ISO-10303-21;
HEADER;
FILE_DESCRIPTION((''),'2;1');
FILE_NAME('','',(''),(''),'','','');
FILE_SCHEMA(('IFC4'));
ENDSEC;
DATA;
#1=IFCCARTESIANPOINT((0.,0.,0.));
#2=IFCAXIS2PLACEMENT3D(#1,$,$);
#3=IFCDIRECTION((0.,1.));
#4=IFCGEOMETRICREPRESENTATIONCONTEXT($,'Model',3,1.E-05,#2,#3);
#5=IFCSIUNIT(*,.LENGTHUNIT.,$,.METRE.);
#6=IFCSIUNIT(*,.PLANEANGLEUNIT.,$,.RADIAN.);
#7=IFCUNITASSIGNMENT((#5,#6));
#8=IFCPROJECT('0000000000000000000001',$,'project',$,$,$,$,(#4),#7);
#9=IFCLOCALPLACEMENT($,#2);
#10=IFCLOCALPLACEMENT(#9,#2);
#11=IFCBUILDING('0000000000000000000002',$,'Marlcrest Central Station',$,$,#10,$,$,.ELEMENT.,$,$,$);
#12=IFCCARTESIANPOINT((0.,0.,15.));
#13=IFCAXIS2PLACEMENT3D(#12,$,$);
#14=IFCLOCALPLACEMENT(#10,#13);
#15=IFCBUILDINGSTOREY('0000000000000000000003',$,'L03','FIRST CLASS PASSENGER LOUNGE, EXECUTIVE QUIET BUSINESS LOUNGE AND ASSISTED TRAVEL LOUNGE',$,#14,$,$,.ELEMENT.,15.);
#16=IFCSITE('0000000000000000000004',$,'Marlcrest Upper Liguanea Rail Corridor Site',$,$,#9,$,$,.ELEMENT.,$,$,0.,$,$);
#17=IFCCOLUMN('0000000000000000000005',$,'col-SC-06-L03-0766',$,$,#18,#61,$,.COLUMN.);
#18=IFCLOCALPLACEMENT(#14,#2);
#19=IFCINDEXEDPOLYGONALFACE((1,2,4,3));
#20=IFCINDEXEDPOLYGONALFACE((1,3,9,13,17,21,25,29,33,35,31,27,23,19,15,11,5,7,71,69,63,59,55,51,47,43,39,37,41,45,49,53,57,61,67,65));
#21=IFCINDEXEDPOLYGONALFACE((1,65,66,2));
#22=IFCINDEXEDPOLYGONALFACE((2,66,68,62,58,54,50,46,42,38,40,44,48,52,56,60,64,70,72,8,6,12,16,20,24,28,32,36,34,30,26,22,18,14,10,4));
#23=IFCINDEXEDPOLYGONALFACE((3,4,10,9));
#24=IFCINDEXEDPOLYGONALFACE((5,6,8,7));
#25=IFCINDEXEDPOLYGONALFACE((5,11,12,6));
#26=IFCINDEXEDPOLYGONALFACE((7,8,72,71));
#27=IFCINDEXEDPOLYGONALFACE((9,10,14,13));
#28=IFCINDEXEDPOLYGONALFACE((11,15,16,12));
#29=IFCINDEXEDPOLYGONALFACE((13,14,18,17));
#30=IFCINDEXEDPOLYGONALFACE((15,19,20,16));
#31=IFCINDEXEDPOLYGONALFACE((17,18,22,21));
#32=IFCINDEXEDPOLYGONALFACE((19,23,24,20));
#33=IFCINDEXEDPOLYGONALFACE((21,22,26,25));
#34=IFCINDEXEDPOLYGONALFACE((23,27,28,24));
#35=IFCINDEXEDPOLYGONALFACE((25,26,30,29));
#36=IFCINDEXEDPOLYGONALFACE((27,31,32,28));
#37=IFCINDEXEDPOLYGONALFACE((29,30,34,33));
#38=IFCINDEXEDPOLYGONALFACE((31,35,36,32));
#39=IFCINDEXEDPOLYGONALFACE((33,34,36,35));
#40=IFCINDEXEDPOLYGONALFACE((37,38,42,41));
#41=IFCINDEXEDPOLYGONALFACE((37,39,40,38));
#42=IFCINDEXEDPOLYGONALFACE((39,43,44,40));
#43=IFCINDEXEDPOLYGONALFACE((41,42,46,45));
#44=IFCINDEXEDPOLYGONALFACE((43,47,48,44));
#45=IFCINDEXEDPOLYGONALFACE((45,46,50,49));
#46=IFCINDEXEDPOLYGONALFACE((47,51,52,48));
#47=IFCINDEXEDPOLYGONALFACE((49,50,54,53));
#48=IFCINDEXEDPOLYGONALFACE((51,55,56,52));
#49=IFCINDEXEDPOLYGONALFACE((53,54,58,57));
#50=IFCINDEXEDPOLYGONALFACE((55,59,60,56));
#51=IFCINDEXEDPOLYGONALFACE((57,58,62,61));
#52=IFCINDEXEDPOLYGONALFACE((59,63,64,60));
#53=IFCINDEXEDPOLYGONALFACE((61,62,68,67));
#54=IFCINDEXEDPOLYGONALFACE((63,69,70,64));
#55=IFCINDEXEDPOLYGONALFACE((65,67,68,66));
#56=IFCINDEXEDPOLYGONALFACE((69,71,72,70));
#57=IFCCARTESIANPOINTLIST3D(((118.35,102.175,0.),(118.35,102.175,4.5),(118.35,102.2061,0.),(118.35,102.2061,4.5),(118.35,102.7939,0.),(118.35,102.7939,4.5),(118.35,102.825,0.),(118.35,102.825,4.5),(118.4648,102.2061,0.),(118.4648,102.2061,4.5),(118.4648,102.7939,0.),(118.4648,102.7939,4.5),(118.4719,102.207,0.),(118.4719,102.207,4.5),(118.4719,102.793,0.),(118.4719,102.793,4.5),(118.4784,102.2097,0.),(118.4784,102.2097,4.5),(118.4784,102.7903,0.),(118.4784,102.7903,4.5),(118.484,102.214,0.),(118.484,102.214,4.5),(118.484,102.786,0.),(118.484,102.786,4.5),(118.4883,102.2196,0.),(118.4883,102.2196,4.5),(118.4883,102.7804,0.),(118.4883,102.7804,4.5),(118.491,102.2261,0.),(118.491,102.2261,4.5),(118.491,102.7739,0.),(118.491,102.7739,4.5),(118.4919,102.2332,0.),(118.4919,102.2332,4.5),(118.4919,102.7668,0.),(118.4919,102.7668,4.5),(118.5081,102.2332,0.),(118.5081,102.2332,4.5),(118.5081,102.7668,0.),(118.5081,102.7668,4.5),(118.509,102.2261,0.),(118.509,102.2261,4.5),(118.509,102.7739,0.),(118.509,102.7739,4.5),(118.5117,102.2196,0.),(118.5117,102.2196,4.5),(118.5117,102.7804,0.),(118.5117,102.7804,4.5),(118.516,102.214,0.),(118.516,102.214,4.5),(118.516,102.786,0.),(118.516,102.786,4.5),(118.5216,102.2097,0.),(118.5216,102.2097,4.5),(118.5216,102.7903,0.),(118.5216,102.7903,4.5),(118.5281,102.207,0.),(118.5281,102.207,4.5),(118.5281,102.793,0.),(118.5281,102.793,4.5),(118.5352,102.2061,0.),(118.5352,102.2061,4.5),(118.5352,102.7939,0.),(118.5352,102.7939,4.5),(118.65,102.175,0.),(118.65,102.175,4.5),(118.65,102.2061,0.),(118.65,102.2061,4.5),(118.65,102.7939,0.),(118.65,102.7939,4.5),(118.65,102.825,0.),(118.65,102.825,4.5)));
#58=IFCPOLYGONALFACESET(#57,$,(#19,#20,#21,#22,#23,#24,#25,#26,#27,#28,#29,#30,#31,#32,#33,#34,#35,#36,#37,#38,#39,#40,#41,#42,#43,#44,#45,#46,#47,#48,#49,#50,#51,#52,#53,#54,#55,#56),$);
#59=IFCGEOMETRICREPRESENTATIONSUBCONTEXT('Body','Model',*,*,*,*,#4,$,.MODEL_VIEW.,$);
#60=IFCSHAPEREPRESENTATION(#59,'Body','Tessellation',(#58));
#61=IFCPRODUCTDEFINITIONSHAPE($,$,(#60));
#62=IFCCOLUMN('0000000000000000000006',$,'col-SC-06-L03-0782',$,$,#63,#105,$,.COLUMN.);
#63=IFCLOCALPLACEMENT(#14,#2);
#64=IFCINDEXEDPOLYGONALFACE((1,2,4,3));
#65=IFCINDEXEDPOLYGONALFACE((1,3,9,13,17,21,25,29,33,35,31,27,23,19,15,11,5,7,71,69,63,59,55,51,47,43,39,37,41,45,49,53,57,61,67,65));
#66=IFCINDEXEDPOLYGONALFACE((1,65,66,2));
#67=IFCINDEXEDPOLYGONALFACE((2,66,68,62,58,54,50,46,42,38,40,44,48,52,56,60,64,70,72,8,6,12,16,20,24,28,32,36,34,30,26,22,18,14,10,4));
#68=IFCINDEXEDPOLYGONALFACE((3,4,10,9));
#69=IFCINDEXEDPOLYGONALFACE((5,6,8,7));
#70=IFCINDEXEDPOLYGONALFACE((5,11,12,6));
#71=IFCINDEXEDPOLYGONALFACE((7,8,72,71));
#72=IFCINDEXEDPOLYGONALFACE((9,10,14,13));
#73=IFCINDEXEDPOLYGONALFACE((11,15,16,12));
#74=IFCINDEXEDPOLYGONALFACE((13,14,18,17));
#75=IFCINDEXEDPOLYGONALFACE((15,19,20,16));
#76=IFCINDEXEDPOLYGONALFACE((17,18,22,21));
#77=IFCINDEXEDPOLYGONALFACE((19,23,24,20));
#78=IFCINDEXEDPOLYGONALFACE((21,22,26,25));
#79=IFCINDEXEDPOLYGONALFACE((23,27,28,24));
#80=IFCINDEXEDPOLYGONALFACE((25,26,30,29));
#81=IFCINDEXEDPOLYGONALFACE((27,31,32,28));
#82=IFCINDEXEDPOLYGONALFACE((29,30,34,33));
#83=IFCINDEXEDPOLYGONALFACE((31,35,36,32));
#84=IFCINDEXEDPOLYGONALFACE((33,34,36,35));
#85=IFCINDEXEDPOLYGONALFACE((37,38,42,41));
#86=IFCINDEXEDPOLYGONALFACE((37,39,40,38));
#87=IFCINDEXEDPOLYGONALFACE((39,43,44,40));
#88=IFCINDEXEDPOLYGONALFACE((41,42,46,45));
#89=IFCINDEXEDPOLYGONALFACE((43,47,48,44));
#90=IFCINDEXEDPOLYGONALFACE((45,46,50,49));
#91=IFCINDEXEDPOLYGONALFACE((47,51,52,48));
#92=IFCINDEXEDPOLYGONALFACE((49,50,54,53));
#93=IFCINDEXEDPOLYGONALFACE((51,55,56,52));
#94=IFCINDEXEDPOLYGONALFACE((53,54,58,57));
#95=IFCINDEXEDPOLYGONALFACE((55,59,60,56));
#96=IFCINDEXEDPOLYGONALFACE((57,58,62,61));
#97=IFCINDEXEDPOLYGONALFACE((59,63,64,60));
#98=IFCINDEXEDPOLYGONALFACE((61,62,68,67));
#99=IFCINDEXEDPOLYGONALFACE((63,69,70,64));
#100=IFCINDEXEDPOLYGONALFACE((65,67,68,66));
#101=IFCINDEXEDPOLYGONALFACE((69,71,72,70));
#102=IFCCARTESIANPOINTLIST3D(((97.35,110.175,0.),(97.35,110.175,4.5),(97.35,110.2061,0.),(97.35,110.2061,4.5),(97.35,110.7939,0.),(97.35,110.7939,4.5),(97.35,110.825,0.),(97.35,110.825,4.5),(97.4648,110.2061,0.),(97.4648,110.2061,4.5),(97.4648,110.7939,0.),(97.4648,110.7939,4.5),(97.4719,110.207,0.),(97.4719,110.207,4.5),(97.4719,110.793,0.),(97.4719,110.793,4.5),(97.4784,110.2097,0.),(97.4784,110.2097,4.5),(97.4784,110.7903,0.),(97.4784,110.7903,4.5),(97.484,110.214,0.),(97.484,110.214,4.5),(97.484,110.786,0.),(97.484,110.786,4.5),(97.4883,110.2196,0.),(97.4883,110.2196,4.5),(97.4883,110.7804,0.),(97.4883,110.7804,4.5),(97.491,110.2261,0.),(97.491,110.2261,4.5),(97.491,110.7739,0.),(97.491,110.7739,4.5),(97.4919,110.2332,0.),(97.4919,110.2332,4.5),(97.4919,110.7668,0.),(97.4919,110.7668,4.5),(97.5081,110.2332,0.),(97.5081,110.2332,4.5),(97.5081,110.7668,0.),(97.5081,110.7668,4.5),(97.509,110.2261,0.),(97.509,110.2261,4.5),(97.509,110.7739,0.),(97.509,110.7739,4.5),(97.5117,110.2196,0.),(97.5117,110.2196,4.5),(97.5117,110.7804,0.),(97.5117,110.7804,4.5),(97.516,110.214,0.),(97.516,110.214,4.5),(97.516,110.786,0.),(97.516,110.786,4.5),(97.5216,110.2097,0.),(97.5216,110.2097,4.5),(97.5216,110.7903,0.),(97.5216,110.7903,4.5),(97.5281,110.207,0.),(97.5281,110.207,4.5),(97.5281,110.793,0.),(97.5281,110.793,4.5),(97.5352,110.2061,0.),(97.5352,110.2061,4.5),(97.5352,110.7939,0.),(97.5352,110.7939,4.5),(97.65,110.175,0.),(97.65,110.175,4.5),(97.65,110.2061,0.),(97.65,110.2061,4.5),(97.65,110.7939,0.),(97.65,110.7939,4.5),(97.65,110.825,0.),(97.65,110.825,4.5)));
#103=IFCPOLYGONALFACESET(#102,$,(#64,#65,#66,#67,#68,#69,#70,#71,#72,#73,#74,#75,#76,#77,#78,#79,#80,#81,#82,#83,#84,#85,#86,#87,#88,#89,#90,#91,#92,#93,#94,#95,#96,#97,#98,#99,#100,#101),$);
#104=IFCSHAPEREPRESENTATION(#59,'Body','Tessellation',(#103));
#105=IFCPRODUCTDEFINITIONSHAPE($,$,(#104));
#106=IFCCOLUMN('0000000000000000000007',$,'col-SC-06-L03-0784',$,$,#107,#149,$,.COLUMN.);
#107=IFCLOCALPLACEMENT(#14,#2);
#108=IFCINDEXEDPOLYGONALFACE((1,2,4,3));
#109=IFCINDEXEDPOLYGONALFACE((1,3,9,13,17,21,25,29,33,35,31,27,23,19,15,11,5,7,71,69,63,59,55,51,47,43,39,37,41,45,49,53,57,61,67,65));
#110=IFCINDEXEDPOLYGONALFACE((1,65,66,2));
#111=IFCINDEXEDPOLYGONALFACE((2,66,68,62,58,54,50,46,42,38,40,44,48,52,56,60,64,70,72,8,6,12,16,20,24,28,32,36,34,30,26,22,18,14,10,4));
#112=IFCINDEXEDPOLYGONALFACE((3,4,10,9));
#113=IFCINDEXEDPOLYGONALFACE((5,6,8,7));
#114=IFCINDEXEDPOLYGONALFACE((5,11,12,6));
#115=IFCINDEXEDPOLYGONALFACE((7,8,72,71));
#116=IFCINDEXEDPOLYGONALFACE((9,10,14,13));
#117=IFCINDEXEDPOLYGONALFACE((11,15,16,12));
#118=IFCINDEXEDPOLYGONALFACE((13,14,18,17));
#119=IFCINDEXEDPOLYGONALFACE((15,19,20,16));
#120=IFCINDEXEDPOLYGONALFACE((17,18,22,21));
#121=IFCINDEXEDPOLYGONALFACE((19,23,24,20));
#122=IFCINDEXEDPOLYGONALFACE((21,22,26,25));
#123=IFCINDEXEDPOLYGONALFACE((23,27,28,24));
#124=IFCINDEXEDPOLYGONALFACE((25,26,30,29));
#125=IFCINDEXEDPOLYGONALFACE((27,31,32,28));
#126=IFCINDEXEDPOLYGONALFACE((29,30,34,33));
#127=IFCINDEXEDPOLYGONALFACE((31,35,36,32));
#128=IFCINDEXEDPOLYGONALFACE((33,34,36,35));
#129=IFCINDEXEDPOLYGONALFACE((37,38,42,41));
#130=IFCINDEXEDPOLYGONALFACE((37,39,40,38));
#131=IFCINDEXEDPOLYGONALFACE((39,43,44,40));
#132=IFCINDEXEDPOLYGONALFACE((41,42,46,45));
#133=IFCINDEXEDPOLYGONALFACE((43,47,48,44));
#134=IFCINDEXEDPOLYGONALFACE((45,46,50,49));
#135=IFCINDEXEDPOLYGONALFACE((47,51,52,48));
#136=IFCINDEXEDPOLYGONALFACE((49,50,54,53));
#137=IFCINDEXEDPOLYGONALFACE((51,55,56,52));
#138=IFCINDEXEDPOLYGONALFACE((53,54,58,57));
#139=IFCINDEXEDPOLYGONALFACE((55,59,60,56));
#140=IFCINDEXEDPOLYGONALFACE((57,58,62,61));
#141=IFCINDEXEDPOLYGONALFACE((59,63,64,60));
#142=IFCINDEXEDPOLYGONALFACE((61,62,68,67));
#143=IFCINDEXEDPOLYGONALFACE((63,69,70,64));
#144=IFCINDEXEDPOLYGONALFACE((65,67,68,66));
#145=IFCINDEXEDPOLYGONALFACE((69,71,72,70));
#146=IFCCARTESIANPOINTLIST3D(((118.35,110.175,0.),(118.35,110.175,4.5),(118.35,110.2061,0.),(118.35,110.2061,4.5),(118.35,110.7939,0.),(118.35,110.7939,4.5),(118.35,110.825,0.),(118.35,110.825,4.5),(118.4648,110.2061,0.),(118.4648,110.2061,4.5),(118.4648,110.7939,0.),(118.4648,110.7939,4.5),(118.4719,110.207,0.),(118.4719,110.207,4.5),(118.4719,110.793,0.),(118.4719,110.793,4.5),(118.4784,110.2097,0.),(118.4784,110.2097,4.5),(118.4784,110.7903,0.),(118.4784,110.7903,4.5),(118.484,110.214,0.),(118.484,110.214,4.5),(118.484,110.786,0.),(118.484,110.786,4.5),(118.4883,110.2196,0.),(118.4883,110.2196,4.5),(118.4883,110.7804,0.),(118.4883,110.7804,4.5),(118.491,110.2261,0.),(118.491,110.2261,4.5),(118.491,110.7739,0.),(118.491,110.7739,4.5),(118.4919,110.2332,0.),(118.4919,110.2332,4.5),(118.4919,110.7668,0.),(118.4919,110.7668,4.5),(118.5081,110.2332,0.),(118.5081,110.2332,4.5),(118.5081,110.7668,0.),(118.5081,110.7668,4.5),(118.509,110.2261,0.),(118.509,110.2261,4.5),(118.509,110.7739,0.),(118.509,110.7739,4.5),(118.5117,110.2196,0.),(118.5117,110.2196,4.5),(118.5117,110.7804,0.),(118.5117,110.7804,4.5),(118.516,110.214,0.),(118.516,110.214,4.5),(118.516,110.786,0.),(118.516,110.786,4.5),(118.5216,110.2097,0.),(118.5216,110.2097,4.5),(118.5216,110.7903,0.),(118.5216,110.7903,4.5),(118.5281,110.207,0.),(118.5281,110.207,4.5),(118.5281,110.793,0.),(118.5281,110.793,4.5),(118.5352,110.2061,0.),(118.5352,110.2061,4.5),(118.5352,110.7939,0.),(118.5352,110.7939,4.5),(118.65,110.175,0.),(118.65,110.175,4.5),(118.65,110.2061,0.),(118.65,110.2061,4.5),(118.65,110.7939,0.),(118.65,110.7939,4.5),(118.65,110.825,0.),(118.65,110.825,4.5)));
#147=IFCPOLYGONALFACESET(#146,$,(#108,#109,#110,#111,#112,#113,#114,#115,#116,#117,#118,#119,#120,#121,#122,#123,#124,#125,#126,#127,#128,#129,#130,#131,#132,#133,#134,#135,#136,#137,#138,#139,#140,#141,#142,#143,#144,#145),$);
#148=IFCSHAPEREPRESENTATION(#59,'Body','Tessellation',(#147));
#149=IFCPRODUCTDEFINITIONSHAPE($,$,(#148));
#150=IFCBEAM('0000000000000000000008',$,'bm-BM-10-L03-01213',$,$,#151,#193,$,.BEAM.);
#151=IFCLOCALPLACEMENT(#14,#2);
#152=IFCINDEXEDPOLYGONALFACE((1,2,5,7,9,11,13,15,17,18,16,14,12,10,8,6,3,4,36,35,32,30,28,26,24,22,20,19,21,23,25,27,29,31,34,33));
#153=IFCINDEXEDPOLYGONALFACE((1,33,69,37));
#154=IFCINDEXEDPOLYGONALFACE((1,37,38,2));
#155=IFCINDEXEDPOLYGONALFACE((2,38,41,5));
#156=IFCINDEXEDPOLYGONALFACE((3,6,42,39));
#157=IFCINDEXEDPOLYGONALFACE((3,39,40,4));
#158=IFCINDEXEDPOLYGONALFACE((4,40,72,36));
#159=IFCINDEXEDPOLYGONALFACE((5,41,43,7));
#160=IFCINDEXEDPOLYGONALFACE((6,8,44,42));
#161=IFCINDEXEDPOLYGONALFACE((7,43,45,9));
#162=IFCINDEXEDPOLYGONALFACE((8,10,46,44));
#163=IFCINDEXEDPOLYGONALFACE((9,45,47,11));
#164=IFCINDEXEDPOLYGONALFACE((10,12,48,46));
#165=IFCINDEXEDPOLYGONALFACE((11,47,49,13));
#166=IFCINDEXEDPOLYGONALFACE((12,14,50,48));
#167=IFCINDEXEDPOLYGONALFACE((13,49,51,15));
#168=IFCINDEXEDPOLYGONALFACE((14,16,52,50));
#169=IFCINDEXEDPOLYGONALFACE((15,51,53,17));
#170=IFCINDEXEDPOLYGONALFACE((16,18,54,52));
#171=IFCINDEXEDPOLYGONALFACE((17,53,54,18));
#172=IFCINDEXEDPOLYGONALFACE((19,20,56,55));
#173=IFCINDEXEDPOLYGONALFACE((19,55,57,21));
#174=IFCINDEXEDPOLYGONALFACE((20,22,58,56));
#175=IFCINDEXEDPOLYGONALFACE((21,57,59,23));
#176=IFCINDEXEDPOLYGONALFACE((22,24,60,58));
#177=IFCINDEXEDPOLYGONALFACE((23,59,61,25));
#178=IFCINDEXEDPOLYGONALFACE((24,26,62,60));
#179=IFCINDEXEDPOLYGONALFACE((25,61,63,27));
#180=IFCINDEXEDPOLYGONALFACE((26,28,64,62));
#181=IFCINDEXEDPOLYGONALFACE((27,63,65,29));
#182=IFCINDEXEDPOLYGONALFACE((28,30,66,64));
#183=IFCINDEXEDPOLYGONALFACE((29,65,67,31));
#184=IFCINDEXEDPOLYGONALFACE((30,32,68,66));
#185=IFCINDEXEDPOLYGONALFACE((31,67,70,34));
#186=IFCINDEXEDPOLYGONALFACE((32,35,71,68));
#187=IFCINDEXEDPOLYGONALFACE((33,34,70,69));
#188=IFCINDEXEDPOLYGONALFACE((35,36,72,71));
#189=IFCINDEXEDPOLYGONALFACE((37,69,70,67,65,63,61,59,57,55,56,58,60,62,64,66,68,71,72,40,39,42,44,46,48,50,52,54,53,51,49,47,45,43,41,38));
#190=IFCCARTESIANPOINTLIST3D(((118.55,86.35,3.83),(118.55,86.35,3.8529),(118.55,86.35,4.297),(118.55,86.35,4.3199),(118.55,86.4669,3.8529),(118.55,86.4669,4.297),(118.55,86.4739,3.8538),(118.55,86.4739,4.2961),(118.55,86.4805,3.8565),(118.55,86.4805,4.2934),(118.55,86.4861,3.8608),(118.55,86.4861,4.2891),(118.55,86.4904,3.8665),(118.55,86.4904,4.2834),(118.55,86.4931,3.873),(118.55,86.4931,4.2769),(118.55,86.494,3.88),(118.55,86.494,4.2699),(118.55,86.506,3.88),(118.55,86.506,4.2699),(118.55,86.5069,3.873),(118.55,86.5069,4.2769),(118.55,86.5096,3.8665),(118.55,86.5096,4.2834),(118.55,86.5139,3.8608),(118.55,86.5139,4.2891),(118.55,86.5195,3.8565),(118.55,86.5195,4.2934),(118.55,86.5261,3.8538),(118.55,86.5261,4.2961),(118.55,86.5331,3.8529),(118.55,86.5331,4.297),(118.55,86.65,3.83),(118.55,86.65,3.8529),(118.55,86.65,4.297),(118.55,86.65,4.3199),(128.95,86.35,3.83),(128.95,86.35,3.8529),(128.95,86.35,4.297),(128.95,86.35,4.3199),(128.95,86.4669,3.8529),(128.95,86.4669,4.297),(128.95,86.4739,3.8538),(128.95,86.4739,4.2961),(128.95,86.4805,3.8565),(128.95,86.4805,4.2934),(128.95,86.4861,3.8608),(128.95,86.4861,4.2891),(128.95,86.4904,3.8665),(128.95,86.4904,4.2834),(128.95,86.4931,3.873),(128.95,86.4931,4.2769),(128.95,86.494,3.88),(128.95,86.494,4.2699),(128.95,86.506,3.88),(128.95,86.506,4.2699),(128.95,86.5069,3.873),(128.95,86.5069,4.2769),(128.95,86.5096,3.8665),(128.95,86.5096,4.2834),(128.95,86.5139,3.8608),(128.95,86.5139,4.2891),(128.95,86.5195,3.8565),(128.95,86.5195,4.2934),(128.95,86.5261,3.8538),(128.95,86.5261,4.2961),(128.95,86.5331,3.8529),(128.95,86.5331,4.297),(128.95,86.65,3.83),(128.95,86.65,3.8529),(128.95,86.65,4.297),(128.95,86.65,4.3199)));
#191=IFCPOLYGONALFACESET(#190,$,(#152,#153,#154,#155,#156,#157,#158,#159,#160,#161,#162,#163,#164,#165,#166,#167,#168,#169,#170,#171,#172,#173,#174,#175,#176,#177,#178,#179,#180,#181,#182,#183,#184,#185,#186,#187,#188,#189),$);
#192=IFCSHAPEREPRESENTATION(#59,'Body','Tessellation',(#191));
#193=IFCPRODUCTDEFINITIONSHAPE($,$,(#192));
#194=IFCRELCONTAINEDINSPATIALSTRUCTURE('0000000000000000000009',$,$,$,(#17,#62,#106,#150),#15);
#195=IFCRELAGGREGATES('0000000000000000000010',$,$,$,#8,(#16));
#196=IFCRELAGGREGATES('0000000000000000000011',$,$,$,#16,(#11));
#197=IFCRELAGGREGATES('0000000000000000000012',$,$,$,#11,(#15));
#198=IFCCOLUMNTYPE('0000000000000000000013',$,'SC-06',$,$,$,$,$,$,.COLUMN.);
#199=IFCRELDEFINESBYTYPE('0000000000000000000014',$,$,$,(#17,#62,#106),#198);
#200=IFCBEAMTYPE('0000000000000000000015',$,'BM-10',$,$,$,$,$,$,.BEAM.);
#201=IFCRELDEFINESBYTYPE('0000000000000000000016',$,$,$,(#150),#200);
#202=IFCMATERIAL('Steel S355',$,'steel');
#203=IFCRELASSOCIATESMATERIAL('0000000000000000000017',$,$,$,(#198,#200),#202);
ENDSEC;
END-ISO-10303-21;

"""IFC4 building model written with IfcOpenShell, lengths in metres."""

from ifc_helpers import new_model, si_unit, direction, frame, origin, origin_2d, place, context, subcontext, project, spatial, i_section, extrude, material, material_profile, profile_set, type_object, element, save


model = new_model("IFC4")

# Units and contexts
model_context = context("Model", 3, precision=1e-05, world=origin(), true_north=direction((0.0, 1.0)))
body_context = subcontext(model_context, "Body", "Model", "MODEL_VIEW")
ifc_project = project(units=[si_unit("LENGTHUNIT", "METRE"), si_unit("PLANEANGLEUNIT", "RADIAN")], contexts=[model_context])

# Site, building, storey
site_placement = place(None, origin())
site = spatial("IfcSite", under=ifc_project, at=site_placement, Name="Marlcrest Upper Liguanea Rail Corridor Site", CompositionType="ELEMENT", RefElevation=0.0)
building_placement = place(site_placement, origin())
building = spatial("IfcBuilding", under=site, at=building_placement, Name="Marlcrest Central Station", CompositionType="ELEMENT")
storey_placement = place(building_placement, frame((0.0, 0.0, 15.0)))
storey = spatial("IfcBuildingStorey", under=building, at=storey_placement, Name="L03", Description="FIRST CLASS PASSENGER LOUNGE, EXECUTIVE QUIET BUSINESS LOUNGE AND ASSISTED TRAVEL LOUNGE", CompositionType="ELEMENT", Elevation=15.0)

# Columns
ifc_material_1 = material(Name="Steel S355", Category="steel")
ifc_material_profile_1 = material_profile(ifc_material_1, i_section(OverallWidth=0.3, OverallDepth=0.6499, WebThickness=0.0161, FlangeThickness=0.031, FilletRadius=0.0271, at=origin_2d()), Name="HEB 650")
ifc_profile_set_1 = profile_set([ifc_material_profile_1], Name="Steel S355")
column_type_1 = type_object("IfcColumnType", Name="SC-06", PredefinedType="COLUMN", material=ifc_profile_set_1)
for number, where, z_axis, x_axis, name in (
    (1, (118.5, 102.5, 0.0), (0.0, 0.0, 1.0), (1.0, 0.0, 0.0), "col-SC-06-L03-0766"),
    (2, (97.5, 110.5, 0.0), (0.0, 0.0, 1.0), (1.0, 0.0, 0.0), "col-SC-06-L03-0782"),
    (3, (118.5, 110.5, 0.0), (0.0, 0.0, 1.0), (1.0, 0.0, 0.0), "col-SC-06-L03-0784"),
):
    element("IfcColumn", number, at=place(storey_placement, frame(where, z_axis=z_axis, x_axis=x_axis)), inside=storey, type_object=column_type_1, Name=name, PredefinedType="COLUMN", context=body_context, shape_type="SweptSolid", body=[
        extrude(i_section(OverallWidth=0.3, OverallDepth=0.6499, WebThickness=0.0161, FlangeThickness=0.031, FilletRadius=0.0271, at=origin_2d()), origin(), (0.0, 0.0, 1.0), 4.5),
    ])

# Beam
ifc_material_profile_2 = material_profile(ifc_material_1, i_section(OverallWidth=0.3, OverallDepth=0.49, WebThickness=0.012, FlangeThickness=0.0229, FilletRadius=0.0271, at=origin_2d()), Name="HEA 500")
ifc_profile_set_2 = profile_set([ifc_material_profile_2], Name="Steel S355")
beam_type_1 = type_object("IfcBeamType", Name="BM-10", PredefinedType="BEAM", material=ifc_profile_set_2)
for number, where, z_axis, x_axis, name in (
    (4, (118.55, 86.5, 4.075), (1.0, 0.0, 0.0), (0.0, 1.0, 0.0), "bm-BM-10-L03-01213"),
):
    element("IfcBeam", number, at=place(storey_placement, frame(where, z_axis=z_axis, x_axis=x_axis)), inside=storey, type_object=beam_type_1, Name=name, PredefinedType="BEAM", context=body_context, shape_type="SweptSolid", body=[
        extrude(i_section(OverallWidth=0.3, OverallDepth=0.49, WebThickness=0.012, FlangeThickness=0.0229, FilletRadius=0.0271, at=origin_2d()), origin(), (0.0, 0.0, 1.0), 10.3999),
    ])

save(model, "model.ifc")
